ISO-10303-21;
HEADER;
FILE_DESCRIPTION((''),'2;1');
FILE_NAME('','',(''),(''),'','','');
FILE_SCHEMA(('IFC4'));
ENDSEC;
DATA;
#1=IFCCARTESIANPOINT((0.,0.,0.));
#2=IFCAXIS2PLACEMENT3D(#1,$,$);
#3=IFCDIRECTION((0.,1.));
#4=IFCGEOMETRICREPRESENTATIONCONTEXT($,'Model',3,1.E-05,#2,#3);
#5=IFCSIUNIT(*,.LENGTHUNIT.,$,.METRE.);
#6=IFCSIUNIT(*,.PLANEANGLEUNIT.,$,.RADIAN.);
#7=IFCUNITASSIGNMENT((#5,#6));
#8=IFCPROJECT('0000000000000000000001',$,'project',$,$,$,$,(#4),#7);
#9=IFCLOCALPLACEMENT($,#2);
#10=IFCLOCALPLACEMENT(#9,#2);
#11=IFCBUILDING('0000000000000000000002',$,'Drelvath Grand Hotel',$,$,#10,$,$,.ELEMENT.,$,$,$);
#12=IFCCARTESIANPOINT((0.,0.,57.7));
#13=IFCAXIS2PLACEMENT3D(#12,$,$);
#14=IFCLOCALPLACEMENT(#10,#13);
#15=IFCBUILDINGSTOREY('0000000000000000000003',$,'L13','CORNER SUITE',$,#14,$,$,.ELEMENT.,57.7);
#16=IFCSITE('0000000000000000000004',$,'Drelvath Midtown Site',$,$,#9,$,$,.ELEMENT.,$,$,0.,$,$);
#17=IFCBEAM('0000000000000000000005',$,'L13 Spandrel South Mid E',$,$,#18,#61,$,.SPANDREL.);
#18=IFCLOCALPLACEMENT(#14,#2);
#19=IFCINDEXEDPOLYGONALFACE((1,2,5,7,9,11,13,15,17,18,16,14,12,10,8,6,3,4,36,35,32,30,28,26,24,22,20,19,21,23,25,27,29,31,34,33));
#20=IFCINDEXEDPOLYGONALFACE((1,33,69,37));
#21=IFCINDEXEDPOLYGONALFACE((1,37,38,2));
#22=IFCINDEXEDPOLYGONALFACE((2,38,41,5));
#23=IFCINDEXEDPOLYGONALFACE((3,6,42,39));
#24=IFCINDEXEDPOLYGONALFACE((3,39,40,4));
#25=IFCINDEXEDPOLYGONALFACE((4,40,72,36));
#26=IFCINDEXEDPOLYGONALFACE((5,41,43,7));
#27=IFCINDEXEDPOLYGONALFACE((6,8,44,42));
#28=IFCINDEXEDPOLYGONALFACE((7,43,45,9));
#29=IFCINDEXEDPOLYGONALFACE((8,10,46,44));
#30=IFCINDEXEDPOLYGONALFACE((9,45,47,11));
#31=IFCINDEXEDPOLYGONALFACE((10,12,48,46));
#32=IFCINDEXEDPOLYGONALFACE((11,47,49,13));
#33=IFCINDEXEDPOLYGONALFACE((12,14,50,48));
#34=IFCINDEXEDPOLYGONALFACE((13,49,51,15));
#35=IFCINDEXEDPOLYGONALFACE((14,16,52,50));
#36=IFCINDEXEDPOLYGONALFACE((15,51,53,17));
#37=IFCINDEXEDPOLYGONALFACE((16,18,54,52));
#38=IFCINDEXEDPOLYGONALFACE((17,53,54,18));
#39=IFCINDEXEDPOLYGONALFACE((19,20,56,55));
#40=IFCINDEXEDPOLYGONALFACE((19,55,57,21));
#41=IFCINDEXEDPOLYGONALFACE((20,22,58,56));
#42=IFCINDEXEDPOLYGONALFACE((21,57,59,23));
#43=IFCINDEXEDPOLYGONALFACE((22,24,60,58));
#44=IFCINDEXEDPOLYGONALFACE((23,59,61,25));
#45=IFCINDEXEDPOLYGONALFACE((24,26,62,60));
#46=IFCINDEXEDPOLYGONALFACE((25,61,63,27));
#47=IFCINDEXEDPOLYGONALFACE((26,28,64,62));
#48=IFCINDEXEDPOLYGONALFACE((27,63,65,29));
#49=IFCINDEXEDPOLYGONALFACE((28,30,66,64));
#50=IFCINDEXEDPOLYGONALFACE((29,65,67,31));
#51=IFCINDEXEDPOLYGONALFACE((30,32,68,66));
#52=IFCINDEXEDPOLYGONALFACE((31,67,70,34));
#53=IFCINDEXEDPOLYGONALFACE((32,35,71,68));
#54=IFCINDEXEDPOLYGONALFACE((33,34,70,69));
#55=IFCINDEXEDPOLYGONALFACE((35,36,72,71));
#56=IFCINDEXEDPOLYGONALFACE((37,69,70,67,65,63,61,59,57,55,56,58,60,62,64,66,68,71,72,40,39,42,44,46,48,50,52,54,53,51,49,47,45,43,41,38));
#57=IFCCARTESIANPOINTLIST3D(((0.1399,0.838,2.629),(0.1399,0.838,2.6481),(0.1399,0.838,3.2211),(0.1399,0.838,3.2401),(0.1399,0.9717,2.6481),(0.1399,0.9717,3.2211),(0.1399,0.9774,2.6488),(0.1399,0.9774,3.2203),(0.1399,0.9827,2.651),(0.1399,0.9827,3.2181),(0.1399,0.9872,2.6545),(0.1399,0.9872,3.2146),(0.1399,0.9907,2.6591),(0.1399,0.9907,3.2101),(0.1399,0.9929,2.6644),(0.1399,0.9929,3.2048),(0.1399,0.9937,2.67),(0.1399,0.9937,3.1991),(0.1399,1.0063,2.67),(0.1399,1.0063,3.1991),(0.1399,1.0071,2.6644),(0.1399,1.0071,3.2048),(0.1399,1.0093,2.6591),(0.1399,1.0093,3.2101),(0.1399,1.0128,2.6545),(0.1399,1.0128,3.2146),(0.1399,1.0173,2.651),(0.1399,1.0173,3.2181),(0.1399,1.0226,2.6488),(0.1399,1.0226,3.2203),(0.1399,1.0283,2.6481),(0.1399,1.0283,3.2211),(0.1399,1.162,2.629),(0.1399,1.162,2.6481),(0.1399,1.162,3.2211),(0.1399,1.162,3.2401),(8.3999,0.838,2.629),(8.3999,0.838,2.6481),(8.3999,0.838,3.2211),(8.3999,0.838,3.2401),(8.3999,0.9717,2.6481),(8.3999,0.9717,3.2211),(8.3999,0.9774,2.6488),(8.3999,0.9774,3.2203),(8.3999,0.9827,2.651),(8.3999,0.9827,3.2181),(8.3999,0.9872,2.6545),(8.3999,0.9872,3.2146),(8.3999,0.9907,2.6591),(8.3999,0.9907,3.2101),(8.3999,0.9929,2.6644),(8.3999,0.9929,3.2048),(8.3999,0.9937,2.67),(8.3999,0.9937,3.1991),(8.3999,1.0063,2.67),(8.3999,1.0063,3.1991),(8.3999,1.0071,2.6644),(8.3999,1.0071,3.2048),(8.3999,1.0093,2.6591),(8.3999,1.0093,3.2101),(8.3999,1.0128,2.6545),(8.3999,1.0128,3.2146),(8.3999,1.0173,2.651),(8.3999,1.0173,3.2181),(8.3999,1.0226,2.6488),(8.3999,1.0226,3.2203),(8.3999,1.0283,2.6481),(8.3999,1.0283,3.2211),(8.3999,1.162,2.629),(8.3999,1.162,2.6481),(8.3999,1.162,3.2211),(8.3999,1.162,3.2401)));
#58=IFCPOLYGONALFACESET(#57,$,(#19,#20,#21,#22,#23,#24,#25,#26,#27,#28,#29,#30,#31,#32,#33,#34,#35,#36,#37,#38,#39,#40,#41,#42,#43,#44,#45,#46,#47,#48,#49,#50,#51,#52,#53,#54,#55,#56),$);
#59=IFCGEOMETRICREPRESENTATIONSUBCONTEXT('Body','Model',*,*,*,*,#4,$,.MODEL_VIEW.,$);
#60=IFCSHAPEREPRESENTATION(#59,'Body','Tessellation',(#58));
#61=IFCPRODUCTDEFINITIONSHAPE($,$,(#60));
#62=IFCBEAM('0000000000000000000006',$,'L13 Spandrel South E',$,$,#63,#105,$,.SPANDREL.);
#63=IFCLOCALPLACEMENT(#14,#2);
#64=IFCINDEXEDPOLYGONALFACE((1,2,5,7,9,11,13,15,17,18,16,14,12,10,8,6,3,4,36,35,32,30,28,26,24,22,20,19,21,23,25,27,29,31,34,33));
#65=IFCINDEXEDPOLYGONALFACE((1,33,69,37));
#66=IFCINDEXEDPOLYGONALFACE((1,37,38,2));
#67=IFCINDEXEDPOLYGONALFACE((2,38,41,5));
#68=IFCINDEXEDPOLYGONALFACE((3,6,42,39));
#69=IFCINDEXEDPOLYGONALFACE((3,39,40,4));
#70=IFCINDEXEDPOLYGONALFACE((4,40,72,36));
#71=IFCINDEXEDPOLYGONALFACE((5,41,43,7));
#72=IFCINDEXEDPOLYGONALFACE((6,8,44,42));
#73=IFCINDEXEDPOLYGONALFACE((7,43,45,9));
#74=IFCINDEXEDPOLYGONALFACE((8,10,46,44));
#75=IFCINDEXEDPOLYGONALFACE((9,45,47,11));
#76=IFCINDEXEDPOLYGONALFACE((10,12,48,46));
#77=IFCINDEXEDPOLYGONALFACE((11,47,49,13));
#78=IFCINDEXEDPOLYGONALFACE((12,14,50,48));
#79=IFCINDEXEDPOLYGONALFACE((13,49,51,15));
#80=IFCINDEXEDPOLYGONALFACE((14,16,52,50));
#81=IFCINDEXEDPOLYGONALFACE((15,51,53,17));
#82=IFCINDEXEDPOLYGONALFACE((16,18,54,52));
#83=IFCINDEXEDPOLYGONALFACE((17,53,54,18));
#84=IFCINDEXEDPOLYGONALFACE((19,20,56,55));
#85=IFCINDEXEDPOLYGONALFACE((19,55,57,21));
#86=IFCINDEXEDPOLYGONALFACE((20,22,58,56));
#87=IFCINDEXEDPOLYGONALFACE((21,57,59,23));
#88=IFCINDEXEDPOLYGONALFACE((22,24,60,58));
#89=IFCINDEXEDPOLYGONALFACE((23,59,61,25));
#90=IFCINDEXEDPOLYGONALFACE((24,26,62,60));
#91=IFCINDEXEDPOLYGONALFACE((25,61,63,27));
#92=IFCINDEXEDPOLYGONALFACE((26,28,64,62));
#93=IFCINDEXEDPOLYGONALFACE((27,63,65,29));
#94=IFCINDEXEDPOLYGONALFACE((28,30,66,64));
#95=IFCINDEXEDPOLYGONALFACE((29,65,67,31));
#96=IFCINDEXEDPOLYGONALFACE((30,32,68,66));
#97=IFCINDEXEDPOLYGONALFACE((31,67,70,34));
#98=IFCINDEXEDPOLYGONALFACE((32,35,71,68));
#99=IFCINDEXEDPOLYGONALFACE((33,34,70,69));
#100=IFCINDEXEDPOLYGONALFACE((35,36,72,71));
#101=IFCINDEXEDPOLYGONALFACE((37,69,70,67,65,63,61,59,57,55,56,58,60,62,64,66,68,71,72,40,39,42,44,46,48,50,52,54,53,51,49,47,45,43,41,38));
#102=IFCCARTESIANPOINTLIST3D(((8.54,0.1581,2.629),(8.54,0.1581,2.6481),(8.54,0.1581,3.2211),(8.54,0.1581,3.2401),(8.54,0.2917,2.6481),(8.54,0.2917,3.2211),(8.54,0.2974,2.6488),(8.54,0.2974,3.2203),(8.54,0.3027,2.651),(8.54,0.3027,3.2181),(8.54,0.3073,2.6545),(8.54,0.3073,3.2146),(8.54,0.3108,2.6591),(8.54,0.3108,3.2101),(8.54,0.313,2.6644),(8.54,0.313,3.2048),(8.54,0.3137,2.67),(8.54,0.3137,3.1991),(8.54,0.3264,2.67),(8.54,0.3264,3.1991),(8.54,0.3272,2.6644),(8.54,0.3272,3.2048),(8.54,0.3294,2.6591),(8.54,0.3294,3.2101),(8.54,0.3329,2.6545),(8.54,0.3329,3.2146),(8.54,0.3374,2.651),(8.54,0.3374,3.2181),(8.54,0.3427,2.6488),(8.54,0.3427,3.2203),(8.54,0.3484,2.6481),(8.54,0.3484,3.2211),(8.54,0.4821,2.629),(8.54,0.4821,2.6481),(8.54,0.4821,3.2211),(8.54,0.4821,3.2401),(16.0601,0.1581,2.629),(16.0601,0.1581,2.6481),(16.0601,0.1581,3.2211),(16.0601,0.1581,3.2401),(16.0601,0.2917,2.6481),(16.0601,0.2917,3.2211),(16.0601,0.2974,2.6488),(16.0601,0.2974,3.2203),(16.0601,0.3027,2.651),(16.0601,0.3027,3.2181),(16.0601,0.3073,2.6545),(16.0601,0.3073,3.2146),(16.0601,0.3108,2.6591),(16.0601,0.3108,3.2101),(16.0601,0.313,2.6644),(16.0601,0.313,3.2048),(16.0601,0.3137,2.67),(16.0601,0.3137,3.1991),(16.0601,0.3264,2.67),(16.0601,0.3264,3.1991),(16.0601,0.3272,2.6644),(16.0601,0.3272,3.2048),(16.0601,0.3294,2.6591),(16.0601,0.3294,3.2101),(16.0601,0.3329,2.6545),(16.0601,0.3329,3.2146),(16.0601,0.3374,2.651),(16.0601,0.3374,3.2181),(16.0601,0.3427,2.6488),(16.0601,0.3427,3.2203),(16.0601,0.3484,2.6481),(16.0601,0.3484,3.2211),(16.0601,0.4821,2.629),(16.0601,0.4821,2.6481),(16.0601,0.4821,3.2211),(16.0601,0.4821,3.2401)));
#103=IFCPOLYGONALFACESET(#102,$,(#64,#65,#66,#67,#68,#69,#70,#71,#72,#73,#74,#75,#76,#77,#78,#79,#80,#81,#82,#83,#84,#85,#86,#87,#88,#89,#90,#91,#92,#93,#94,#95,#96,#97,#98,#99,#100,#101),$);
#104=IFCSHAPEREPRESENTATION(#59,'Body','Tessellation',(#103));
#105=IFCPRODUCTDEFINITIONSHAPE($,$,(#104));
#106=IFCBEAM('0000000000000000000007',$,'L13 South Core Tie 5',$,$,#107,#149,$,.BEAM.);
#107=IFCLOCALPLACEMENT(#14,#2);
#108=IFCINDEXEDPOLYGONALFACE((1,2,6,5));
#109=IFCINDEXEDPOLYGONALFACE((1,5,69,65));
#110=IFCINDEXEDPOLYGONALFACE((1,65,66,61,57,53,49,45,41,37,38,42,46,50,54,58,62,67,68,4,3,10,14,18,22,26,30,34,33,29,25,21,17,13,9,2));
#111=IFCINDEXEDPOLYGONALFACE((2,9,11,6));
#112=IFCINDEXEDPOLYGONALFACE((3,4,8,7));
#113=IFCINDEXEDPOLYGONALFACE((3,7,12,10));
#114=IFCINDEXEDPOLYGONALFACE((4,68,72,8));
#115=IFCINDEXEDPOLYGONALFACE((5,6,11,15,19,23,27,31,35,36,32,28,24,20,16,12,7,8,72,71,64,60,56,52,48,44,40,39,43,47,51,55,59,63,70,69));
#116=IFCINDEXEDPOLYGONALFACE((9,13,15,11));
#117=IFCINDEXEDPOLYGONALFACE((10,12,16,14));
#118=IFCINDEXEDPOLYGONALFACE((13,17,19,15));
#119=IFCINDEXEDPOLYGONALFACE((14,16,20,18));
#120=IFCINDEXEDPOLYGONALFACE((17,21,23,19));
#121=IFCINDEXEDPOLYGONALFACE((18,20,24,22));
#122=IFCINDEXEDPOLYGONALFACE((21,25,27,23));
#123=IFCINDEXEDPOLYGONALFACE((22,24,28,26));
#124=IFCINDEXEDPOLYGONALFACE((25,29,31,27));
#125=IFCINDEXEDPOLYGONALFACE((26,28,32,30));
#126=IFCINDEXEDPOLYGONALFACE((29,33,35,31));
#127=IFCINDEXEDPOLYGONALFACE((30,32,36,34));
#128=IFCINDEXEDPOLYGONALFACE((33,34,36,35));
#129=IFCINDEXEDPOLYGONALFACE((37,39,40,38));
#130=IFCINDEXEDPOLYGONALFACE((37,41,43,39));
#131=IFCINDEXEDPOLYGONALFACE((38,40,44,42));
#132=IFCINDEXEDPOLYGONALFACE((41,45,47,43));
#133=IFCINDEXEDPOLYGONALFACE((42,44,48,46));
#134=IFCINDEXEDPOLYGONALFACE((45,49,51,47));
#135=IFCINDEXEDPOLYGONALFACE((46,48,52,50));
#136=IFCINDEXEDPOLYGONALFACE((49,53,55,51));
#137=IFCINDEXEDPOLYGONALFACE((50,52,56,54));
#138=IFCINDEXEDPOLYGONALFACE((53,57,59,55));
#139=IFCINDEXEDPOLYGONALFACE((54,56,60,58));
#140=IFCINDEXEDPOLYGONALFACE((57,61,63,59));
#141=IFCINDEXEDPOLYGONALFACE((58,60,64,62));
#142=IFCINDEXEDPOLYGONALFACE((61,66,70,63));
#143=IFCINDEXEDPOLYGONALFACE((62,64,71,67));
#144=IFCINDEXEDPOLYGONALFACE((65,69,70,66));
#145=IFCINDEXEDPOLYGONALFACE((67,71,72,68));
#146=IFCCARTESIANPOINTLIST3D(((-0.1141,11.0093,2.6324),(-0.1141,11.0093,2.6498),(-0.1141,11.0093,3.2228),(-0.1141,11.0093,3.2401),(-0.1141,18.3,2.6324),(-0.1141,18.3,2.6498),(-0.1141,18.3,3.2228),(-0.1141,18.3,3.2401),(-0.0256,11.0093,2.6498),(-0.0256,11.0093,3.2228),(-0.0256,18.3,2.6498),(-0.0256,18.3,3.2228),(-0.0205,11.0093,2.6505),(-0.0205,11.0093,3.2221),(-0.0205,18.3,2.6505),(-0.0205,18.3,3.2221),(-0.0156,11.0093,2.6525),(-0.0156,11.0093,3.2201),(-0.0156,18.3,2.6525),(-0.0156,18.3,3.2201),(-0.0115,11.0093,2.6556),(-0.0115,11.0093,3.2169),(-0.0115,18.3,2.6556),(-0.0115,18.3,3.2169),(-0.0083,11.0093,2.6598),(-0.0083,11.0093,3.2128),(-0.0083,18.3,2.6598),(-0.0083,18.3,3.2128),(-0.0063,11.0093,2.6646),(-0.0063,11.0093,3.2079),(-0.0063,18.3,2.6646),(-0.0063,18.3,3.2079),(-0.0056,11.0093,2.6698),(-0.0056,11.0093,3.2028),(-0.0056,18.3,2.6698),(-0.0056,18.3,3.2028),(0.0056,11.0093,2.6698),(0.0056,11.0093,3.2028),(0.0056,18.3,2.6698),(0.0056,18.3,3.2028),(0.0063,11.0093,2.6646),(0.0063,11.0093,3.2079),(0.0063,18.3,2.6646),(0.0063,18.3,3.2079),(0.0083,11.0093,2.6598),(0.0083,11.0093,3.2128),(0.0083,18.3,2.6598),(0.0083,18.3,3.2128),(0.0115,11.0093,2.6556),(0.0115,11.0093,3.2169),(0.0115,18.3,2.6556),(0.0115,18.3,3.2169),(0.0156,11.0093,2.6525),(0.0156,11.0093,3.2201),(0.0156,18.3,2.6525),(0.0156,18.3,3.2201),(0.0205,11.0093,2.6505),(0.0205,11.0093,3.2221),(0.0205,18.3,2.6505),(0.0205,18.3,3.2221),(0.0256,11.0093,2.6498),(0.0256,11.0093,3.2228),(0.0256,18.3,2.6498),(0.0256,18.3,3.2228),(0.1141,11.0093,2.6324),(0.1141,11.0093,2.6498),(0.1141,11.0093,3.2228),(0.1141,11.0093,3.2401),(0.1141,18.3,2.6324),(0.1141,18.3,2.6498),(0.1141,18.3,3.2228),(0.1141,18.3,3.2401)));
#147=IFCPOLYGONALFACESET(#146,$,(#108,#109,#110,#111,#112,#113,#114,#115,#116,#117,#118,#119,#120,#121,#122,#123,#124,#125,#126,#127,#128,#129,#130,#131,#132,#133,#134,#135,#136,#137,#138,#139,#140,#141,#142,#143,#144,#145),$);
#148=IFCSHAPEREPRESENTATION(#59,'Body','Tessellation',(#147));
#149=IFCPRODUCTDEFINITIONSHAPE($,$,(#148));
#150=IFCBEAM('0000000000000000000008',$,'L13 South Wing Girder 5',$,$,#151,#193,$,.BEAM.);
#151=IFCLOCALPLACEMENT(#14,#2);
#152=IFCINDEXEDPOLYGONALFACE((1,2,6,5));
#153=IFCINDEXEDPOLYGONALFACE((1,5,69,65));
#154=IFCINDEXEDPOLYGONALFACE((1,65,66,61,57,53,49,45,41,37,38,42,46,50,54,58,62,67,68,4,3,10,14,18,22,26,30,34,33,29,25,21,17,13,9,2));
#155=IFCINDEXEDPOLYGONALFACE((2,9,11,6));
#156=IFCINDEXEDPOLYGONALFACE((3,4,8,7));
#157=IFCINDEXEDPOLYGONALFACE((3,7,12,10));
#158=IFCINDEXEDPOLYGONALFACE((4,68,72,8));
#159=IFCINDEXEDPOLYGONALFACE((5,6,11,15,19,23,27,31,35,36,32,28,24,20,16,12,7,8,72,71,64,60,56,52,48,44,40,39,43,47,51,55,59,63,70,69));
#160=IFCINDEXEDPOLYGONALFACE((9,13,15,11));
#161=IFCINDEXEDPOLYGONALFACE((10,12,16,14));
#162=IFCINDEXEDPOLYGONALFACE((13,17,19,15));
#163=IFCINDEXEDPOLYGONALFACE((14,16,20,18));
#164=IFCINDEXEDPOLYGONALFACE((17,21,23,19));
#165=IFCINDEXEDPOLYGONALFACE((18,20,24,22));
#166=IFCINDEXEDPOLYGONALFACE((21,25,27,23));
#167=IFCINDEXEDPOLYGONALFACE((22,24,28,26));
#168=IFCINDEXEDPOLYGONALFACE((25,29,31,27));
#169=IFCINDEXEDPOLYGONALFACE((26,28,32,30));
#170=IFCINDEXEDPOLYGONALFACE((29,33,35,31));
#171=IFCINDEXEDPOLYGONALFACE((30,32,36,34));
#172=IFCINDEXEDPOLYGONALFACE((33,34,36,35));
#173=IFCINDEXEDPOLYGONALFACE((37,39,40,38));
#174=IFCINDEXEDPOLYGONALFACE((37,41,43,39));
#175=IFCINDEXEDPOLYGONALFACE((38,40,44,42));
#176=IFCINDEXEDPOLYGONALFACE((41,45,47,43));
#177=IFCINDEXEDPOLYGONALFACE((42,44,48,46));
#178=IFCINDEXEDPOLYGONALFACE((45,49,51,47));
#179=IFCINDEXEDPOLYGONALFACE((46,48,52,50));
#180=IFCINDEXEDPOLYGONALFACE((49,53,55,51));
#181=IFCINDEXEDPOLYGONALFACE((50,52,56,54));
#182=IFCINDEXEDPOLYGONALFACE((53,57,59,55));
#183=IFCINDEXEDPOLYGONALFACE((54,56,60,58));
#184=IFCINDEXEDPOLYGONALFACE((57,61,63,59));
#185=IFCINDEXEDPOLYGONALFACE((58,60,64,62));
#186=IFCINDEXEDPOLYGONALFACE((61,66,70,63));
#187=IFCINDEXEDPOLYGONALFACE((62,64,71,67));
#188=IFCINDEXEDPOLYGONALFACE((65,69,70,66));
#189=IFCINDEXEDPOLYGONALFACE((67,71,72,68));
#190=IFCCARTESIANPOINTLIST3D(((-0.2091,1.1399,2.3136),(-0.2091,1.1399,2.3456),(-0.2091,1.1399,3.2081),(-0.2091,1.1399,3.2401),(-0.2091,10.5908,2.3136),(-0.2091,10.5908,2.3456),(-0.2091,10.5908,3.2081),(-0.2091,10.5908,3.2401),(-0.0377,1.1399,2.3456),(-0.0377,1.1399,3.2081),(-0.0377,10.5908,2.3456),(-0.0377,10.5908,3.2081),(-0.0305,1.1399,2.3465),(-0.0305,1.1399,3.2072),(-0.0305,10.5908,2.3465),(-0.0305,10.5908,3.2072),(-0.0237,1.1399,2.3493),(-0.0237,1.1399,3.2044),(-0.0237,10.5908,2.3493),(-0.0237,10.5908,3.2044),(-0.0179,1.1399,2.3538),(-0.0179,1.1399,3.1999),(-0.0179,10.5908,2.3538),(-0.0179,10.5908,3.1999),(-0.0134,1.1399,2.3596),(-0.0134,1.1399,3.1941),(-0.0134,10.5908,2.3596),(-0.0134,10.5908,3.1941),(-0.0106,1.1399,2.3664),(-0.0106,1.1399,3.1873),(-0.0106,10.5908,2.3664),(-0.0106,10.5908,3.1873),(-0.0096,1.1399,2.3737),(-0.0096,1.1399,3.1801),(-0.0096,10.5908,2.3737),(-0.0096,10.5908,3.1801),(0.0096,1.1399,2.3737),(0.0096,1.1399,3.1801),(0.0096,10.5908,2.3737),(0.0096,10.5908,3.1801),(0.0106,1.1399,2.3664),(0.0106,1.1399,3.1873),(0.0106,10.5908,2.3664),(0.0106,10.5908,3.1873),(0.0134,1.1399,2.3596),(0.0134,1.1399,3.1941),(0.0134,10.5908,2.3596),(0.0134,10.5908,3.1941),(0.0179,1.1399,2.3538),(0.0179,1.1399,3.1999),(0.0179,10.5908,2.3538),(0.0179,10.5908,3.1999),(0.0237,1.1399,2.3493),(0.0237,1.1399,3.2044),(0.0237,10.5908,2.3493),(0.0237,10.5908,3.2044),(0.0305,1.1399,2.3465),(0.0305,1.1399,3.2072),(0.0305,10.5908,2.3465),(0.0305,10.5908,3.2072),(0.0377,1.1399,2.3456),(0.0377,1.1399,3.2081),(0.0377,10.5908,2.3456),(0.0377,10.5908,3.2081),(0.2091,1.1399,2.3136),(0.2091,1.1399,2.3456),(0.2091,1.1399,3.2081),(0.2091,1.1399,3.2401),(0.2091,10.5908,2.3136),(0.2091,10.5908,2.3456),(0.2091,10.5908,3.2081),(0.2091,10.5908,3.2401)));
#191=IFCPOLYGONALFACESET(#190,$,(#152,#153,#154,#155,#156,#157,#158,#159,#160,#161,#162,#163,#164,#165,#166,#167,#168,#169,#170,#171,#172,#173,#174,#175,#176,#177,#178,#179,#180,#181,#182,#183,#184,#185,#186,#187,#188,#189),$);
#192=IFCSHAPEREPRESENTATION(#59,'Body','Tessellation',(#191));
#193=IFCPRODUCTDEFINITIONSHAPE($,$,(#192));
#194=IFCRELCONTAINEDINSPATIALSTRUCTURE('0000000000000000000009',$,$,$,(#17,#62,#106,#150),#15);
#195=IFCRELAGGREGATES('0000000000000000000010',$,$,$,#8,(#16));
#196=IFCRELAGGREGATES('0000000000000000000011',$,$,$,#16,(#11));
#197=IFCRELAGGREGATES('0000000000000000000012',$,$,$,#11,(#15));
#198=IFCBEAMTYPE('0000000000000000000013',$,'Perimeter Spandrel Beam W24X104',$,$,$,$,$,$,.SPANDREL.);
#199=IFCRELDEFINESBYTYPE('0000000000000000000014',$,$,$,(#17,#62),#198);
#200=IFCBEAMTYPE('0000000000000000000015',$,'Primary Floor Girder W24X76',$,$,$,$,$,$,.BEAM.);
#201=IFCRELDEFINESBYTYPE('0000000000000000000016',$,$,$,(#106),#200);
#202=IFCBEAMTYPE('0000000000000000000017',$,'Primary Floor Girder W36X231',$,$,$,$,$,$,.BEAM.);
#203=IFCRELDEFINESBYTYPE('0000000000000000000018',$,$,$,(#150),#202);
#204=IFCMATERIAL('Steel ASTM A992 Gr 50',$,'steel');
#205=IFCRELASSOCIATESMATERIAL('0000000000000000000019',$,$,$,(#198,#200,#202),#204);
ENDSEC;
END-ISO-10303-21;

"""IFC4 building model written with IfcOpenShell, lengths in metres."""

from ifc_helpers import new_model, si_unit, direction, frame, origin, origin_2d, place, context, subcontext, project, spatial, i_section, extrude, material, material_profile, profile_set, type_object, element, save


model = new_model("IFC4")

# Units and contexts
model_context = context("Model", 3, precision=1e-05, world=origin(), true_north=direction((0.0, 1.0)))
body_context = subcontext(model_context, "Body", "Model", "MODEL_VIEW")
ifc_project = project(units=[si_unit("LENGTHUNIT", "METRE"), si_unit("PLANEANGLEUNIT", "RADIAN")], contexts=[model_context])

# Site, building, storey
site_placement = place(None, origin())
site = spatial("IfcSite", under=ifc_project, at=site_placement, Name="Drelvath Midtown Site", CompositionType="ELEMENT", RefElevation=0.0)
building_placement = place(site_placement, origin())
building = spatial("IfcBuilding", under=site, at=building_placement, Name="Drelvath Grand Hotel", CompositionType="ELEMENT")
storey_placement = place(building_placement, frame((0.0, 0.0, 57.7)))
storey = spatial("IfcBuildingStorey", under=building, at=storey_placement, Name="L13", Description="CORNER SUITE", CompositionType="ELEMENT", Elevation=57.7)

# Beams
ifc_material_1 = material(Name="Steel ASTM A992 Gr 50", Category="steel")
ifc_material_profile_1 = material_profile(ifc_material_1, i_section(OverallWidth=0.324, OverallDepth=0.6111, WebThickness=0.0127, FlangeThickness=0.019, FilletRadius=0.022, at=origin_2d()), Name="W24X104")
ifc_profile_set_1 = profile_set([ifc_material_profile_1], Name="Steel ASTM A992 Gr 50")
beam_type_1 = type_object("IfcBeamType", Name="Perimeter Spandrel Beam W24X104", PredefinedType="SPANDREL", material=ifc_profile_set_1)
beam_1_placement = place(storey_placement, frame((0.1399, 1.0, 2.9346), z_axis=(1.0, 0.0, 0.0), x_axis=(0.0, 1.0, 0.0)))
element("IfcBeam", 1, at=beam_1_placement, inside=storey, type_object=beam_type_1, Name="L13 Spandrel South Mid E", PredefinedType="SPANDREL", context=body_context, shape_type="SweptSolid", body=[
    extrude(i_section(OverallWidth=0.324, OverallDepth=0.6111, WebThickness=0.0127, FlangeThickness=0.019, FilletRadius=0.022, at=origin_2d()), origin(), (0.0, 0.0, 1.0), 8.26),
])
beam_2_placement = place(storey_placement, frame((8.54, 0.3201, 2.9346), z_axis=(1.0, 0.0, 0.0), x_axis=(0.0, 1.0, 0.0)))
element("IfcBeam", 2, at=beam_2_placement, inside=storey, type_object=beam_type_1, Name="L13 Spandrel South E", PredefinedType="SPANDREL", context=body_context, shape_type="SweptSolid", body=[
    extrude(i_section(OverallWidth=0.324, OverallDepth=0.6111, WebThickness=0.0127, FlangeThickness=0.019, FilletRadius=0.022, at=origin_2d()), origin(), (0.0, 0.0, 1.0), 7.52),
])
ifc_material_profile_2 = material_profile(ifc_material_1, i_section(OverallWidth=0.2283, OverallDepth=0.6077, WebThickness=0.0112, FlangeThickness=0.0173, FilletRadius=0.02, at=origin_2d()), Name="W24X76")
ifc_profile_set_2 = profile_set([ifc_material_profile_2], Name="Steel ASTM A992 Gr 50")
beam_type_2 = type_object("IfcBeamType", Name="Primary Floor Girder W24X76", PredefinedType="BEAM", material=ifc_profile_set_2)
beam_3_placement = place(storey_placement, frame((0.0, 11.0093, 2.9363), z_axis=(0.0, 1.0, 0.0), x_axis=(-1.0, 0.0, 0.0)))
element("IfcBeam", 3, at=beam_3_placement, inside=storey, type_object=beam_type_2, Name="L13 South Core Tie 5", PredefinedType="BEAM", context=body_context, shape_type="SweptSolid", body=[
    extrude(i_section(OverallWidth=0.2283, OverallDepth=0.6077, WebThickness=0.0112, FlangeThickness=0.0173, FilletRadius=0.02, at=origin_2d()), origin(), (0.0, 0.0, 1.0), 7.2908),
])
ifc_material_profile_3 = material_profile(ifc_material_1, i_section(OverallWidth=0.4182, OverallDepth=0.9265, WebThickness=0.0193, FlangeThickness=0.032, FilletRadius=0.0281, at=origin_2d()), Name="W36X231")
ifc_profile_set_3 = profile_set([ifc_material_profile_3], Name="Steel ASTM A992 Gr 50")
beam_type_3 = type_object("IfcBeamType", Name="Primary Floor Girder W36X231", PredefinedType="BEAM", material=ifc_profile_set_3)
beam_4_placement = place(storey_placement, frame((0.0, 1.1399, 2.7769), z_axis=(0.0, 1.0, 0.0), x_axis=(-1.0, 0.0, 0.0)))
element("IfcBeam", 4, at=beam_4_placement, inside=storey, type_object=beam_type_3, Name="L13 South Wing Girder 5", PredefinedType="BEAM", context=body_context, shape_type="SweptSolid", body=[
    extrude(i_section(OverallWidth=0.4182, OverallDepth=0.9265, WebThickness=0.0193, FlangeThickness=0.032, FilletRadius=0.0281, at=origin_2d()), origin(), (0.0, 0.0, 1.0), 9.4509),
])

save(model, "model.ifc")
